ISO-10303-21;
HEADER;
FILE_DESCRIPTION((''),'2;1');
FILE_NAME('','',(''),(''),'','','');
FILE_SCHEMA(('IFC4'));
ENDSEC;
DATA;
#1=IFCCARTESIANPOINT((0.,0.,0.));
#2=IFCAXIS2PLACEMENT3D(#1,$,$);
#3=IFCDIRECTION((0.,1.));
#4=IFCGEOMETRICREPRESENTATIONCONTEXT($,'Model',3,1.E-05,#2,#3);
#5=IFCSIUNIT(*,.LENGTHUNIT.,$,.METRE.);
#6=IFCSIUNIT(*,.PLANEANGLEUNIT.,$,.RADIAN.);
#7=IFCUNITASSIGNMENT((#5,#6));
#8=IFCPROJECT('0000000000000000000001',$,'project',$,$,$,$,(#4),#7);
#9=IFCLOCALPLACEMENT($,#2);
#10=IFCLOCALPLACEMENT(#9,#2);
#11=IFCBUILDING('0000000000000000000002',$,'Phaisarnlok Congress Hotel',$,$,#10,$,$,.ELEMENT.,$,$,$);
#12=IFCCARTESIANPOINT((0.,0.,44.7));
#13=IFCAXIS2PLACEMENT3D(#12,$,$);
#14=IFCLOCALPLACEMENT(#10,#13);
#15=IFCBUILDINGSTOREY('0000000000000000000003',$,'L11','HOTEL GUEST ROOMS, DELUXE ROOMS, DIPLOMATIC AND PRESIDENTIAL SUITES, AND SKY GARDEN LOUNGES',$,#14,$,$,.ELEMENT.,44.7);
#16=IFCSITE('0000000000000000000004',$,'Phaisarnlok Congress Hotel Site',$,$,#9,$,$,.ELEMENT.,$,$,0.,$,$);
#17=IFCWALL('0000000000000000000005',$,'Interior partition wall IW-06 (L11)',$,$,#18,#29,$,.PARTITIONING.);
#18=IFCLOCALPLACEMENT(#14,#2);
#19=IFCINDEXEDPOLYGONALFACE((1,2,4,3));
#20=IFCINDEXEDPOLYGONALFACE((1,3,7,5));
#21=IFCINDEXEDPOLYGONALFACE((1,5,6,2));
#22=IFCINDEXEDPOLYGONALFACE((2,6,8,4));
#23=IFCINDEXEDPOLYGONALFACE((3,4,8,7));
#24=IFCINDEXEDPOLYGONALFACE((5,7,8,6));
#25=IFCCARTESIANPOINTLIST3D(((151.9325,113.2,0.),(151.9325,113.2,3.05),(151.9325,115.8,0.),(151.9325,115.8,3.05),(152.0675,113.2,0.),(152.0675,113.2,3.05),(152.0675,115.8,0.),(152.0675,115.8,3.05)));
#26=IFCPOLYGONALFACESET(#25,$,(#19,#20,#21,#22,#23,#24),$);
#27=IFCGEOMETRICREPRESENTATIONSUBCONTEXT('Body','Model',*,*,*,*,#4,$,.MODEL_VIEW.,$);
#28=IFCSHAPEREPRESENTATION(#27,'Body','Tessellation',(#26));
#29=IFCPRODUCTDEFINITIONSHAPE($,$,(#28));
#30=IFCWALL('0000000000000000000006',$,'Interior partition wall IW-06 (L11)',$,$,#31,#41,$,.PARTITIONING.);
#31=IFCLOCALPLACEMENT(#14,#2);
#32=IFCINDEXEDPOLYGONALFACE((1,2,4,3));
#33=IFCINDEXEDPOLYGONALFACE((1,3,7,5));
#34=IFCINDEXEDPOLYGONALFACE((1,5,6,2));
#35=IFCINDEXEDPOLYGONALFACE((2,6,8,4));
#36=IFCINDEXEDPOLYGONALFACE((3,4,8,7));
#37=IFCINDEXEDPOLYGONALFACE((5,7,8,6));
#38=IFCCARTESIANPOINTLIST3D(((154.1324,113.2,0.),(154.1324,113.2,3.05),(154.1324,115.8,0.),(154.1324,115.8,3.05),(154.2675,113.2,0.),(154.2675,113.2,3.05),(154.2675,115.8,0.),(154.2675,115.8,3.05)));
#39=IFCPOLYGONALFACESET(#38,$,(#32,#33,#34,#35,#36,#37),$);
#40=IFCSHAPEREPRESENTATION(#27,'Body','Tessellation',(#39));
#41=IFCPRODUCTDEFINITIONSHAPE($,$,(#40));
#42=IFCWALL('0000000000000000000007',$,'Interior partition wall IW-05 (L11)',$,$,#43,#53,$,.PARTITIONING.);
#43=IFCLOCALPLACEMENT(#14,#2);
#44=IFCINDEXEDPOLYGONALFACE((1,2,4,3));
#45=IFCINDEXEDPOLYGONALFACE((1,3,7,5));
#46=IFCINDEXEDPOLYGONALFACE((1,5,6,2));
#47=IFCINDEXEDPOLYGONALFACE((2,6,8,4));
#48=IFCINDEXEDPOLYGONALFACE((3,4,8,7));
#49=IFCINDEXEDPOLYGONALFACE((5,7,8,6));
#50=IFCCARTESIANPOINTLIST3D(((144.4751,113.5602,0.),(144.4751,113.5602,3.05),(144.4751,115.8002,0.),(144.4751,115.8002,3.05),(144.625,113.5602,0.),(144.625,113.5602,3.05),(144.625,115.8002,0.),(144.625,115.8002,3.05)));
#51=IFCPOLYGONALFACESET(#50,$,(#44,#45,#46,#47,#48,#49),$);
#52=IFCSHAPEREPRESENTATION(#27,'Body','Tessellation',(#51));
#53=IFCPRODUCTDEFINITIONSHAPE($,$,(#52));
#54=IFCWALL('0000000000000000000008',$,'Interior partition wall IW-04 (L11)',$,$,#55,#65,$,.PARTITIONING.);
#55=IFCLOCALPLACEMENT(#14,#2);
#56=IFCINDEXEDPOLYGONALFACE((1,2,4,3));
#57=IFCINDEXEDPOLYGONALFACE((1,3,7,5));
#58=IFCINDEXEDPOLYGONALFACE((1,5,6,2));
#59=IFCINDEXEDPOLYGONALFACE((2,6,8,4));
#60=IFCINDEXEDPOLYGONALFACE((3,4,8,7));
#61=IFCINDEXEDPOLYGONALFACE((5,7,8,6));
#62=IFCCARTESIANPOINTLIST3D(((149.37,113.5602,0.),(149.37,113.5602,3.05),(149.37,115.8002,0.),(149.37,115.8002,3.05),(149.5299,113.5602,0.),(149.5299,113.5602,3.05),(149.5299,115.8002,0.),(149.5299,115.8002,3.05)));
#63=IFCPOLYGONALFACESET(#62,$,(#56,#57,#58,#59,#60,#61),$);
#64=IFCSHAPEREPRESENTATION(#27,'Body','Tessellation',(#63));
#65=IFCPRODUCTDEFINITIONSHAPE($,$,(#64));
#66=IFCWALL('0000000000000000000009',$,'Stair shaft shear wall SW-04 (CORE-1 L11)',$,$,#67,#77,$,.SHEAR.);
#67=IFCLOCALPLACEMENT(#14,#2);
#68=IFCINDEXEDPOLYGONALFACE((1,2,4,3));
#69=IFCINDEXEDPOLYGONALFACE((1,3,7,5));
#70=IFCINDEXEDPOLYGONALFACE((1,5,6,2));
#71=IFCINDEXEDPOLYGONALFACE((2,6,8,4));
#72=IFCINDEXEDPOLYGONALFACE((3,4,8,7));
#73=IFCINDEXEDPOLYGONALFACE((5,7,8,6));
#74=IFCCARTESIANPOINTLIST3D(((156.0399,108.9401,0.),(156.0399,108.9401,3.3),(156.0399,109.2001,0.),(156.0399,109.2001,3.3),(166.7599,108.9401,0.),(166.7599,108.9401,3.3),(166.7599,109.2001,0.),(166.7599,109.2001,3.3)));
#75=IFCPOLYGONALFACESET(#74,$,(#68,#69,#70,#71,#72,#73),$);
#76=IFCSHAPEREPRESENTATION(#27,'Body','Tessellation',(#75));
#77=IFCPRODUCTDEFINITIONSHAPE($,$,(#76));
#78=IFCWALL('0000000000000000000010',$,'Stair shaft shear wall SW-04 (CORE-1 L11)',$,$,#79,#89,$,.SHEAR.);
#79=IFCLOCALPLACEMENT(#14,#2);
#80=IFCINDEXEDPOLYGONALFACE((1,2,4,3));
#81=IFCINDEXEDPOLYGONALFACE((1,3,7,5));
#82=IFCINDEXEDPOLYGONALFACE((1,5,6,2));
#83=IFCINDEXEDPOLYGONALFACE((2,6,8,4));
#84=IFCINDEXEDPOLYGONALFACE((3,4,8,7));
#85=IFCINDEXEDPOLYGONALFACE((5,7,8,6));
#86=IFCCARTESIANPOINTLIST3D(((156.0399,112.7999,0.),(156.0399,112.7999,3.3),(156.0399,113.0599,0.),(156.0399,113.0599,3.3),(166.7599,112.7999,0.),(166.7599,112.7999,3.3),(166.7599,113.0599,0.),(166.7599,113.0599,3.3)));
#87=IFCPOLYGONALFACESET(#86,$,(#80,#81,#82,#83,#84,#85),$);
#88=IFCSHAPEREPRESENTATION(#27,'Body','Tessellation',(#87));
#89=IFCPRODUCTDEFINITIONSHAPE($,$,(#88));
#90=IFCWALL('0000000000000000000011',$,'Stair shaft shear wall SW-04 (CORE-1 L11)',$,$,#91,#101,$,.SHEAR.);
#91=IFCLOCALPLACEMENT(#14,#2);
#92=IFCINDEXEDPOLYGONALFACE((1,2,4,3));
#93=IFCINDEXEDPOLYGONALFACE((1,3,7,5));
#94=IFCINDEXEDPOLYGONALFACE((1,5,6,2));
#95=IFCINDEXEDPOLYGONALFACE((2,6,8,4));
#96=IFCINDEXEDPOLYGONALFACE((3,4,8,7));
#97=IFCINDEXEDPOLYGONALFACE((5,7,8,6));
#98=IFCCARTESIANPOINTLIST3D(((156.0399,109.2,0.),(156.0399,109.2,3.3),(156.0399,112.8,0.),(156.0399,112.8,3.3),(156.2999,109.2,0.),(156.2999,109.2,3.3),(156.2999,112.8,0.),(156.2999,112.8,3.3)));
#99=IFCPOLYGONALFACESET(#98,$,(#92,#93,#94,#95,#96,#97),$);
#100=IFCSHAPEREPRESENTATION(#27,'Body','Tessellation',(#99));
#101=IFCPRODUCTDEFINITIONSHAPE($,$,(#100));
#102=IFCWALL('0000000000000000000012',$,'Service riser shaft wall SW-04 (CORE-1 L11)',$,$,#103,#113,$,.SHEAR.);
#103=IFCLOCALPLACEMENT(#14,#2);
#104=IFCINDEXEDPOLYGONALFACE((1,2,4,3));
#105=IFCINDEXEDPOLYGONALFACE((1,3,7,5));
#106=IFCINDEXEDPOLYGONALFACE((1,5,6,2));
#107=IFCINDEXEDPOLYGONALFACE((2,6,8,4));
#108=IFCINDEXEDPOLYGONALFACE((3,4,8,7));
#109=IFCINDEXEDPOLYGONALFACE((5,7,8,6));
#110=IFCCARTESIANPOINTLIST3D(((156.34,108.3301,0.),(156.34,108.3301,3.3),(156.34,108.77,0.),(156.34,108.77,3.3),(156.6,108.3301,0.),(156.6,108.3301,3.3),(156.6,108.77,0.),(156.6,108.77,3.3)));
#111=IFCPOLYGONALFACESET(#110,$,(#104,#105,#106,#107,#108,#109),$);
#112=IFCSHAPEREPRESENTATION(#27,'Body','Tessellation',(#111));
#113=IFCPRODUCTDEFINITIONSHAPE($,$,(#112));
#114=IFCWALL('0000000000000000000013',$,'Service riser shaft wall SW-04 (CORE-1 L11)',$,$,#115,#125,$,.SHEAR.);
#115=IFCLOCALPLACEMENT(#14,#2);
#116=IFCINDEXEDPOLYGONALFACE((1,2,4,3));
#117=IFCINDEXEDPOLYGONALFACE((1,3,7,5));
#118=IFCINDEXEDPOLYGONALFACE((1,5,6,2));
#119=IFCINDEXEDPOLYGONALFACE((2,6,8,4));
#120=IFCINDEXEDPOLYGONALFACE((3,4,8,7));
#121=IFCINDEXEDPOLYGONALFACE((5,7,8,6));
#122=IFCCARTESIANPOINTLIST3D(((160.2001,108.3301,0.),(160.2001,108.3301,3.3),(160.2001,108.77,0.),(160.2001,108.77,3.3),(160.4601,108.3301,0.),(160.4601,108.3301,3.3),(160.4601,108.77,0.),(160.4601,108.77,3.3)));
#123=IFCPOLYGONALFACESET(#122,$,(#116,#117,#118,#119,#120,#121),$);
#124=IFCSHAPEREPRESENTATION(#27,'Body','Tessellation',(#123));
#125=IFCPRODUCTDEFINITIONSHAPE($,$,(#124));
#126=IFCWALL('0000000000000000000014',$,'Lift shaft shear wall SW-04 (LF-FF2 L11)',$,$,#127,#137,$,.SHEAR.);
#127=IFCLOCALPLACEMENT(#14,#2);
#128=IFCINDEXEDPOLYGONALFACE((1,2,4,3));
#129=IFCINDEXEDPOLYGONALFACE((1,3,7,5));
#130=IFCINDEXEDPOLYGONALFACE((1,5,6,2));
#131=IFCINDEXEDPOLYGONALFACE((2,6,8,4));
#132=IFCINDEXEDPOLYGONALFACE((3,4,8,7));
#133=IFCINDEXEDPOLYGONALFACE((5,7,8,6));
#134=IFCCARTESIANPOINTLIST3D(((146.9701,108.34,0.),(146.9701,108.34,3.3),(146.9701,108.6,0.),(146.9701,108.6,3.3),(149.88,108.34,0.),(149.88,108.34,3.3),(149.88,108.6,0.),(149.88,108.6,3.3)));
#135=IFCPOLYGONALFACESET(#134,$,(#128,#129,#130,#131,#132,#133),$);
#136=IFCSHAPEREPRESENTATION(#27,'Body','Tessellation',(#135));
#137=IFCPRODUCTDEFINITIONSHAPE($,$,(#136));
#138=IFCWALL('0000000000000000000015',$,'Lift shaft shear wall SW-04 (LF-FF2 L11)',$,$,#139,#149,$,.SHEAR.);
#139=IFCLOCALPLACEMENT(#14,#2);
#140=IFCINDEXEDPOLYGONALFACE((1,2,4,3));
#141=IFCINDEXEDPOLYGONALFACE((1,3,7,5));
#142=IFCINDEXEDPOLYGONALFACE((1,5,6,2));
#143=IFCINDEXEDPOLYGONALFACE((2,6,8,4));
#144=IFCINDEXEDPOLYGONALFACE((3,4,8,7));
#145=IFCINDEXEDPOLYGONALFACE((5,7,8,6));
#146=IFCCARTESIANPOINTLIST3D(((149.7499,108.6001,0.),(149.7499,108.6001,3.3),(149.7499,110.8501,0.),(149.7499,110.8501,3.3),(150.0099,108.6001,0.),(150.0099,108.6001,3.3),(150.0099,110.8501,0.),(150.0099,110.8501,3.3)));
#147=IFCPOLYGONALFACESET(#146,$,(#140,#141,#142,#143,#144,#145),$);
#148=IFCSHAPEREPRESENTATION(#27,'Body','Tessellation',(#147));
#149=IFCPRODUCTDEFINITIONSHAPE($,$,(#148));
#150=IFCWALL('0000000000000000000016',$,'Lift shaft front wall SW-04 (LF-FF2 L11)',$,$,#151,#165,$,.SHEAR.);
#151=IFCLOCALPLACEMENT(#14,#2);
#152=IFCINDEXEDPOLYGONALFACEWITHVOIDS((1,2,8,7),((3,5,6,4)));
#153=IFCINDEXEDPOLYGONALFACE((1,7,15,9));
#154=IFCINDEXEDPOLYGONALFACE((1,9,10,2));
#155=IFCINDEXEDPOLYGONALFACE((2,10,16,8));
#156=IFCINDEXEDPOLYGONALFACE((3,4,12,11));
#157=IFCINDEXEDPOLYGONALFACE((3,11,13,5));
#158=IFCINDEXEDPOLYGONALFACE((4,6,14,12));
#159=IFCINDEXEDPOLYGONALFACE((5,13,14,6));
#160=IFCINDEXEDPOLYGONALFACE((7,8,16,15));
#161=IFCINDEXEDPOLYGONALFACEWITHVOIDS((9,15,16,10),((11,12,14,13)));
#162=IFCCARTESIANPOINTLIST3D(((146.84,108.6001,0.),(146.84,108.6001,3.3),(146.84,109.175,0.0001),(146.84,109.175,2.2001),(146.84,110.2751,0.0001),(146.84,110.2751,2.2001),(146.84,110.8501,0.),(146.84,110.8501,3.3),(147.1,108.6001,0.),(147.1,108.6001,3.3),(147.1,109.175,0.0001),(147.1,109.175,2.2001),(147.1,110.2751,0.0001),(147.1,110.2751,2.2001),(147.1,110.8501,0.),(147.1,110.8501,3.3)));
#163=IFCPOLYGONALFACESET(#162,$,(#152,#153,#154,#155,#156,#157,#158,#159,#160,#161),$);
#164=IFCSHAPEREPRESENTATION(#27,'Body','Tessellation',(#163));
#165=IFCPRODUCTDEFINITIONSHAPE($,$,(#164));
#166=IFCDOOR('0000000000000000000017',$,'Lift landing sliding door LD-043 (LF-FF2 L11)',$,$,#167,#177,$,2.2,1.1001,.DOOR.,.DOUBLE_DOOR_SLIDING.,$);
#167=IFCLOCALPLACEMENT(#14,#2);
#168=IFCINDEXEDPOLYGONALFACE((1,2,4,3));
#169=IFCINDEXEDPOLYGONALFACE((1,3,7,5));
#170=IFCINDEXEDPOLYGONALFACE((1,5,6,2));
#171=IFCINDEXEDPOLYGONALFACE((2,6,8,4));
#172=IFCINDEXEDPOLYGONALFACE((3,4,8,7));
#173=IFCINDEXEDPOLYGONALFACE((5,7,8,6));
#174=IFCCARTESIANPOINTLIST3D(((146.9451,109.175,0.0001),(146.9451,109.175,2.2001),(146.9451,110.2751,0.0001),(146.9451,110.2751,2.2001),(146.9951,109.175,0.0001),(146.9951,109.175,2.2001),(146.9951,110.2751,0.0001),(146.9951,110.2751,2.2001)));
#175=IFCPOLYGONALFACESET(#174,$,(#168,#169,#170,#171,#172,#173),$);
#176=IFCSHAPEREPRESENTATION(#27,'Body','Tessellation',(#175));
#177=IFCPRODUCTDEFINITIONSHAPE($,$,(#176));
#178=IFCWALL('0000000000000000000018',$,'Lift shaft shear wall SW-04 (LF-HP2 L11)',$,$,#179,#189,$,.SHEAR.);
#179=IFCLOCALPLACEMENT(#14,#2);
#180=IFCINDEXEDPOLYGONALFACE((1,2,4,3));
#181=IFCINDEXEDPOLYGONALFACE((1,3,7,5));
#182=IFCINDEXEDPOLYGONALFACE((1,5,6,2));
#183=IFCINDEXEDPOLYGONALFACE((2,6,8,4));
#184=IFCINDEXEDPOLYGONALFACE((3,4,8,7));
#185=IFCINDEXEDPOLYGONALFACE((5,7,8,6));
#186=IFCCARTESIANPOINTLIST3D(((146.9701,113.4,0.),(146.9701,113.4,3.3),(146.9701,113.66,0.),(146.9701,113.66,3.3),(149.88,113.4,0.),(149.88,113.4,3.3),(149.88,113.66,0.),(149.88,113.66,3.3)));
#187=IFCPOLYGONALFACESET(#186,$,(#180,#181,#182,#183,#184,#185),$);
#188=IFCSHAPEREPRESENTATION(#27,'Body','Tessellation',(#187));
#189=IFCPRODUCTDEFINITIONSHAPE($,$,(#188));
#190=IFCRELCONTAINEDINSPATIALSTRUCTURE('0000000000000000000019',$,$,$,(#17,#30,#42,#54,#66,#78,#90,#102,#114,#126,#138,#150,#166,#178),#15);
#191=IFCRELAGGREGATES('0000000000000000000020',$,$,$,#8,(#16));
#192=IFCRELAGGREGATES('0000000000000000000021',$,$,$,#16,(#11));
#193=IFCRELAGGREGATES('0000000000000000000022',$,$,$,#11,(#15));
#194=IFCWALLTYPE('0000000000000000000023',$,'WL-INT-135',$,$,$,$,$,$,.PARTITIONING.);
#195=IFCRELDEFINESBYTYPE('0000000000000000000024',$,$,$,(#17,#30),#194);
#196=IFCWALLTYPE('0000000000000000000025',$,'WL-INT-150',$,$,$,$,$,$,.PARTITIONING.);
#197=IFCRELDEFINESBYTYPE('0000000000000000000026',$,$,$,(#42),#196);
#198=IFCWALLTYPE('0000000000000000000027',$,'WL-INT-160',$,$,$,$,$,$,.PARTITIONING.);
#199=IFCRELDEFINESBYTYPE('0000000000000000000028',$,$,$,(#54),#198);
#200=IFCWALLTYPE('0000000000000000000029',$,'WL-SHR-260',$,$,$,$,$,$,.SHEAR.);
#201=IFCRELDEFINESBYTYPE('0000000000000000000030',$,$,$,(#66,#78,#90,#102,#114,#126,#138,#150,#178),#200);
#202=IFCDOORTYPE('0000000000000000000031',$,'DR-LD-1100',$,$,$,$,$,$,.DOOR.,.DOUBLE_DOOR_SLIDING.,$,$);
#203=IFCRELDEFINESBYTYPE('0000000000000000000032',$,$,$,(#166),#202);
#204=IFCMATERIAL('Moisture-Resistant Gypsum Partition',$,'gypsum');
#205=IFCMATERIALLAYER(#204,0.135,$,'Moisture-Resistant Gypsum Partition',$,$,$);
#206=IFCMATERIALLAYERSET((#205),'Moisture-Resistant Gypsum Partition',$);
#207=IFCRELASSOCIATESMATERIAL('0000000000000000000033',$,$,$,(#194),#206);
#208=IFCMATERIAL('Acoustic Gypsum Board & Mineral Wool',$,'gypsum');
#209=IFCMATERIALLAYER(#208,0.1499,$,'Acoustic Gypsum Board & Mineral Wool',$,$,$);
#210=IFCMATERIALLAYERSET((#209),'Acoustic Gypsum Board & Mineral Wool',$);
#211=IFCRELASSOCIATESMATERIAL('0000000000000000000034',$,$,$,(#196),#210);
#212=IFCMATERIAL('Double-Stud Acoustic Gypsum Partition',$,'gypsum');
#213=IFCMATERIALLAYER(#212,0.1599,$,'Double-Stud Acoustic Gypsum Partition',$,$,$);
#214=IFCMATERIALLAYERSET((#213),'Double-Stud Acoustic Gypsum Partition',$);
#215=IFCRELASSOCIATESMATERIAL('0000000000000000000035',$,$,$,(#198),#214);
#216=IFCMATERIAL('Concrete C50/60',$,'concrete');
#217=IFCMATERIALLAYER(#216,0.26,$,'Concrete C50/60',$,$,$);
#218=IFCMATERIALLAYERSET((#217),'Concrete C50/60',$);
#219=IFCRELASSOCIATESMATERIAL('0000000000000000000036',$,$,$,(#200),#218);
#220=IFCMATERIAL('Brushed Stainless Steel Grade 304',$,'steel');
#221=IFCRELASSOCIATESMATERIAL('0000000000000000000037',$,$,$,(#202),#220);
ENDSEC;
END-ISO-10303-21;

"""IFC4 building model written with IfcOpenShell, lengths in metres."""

from ifc_helpers import new_model, si_unit, direction, frame, frame_2d, origin, place, context, subcontext, project, spatial, rectangle, extrude, material, layer, layer_set, type_object, element, fill, save


model = new_model("IFC4")

# Units and contexts
model_context = context("Model", 3, precision=1e-05, world=origin(), true_north=direction((0.0, 1.0)))
body_context = subcontext(model_context, "Body", "Model", "MODEL_VIEW")
ifc_project = project(units=[si_unit("LENGTHUNIT", "METRE"), si_unit("PLANEANGLEUNIT", "RADIAN")], contexts=[model_context])

# Site, building, storey
site_placement = place(None, origin())
site = spatial("IfcSite", under=ifc_project, at=site_placement, Name="Phaisarnlok Congress Hotel Site", CompositionType="ELEMENT", RefElevation=0.0)
building_placement = place(site_placement, origin())
building = spatial("IfcBuilding", under=site, at=building_placement, Name="Phaisarnlok Congress Hotel", CompositionType="ELEMENT")
storey_placement = place(building_placement, frame((0.0, 0.0, 44.7)))
storey = spatial("IfcBuildingStorey", under=building, at=storey_placement, Name="L11", Description="HOTEL GUEST ROOMS, DELUXE ROOMS, DIPLOMATIC AND PRESIDENTIAL SUITES, AND SKY GARDEN LOUNGES", CompositionType="ELEMENT", Elevation=44.7)

# Shared definitions
ifc_material_1 = material(Name="Concrete C50/60", Category="concrete")

# Walls
ifc_material_2 = material(Name="Moisture-Resistant Gypsum Partition", Category="gypsum")
ifc_layer_1 = layer(ifc_material_2, 0.135, Name="Moisture-Resistant Gypsum Partition")
ifc_layer_set_1 = layer_set([ifc_layer_1], Name="Moisture-Resistant Gypsum Partition")
wall_type_1 = type_object("IfcWallType", Name="WL-INT-135", PredefinedType="PARTITIONING", material=ifc_layer_set_1)
for number, where, z_axis, x_axis, name in (
    (1, (152.0, 113.2, 0.0), (0.0, 0.0, 1.0), (0.0, 1.0, 0.0), "Interior partition wall IW-06 (L11)"),
    (2, (154.2, 113.2, 0.0), (0.0, 0.0, 1.0), (0.0, 1.0, 0.0), "Interior partition wall IW-06 (L11)"),
):
    element("IfcWall", number, at=place(storey_placement, frame(where, z_axis=z_axis, x_axis=x_axis)), inside=storey, type_object=wall_type_1, Name=name, PredefinedType="PARTITIONING", context=body_context, shape_type="SweptSolid", body=[
        extrude(rectangle(XDim=2.6001, YDim=0.135, at=frame_2d((1.3, 0.0))), origin(), (0.0, 0.0, 1.0), 3.05),
    ])
ifc_material_3 = material(Name="Acoustic Gypsum Board & Mineral Wool", Category="gypsum")
ifc_layer_2 = layer(ifc_material_3, 0.1499, Name="Acoustic Gypsum Board & Mineral Wool")
ifc_layer_set_2 = layer_set([ifc_layer_2], Name="Acoustic Gypsum Board & Mineral Wool")
wall_type_2 = type_object("IfcWallType", Name="WL-INT-150", PredefinedType="PARTITIONING", material=ifc_layer_set_2)
wall_1_placement = place(storey_placement, frame((144.55, 113.5601, 0.0), z_axis=(0.0, 0.0, 1.0), x_axis=(0.0, 1.0, 0.0)))
element("IfcWall", 3, at=wall_1_placement, inside=storey, type_object=wall_type_2, Name="Interior partition wall IW-05 (L11)", PredefinedType="PARTITIONING", context=body_context, shape_type="SweptSolid", body=[
    extrude(rectangle(XDim=2.24, YDim=0.1499, at=frame_2d((1.1201, 0.0))), origin(), (0.0, 0.0, 1.0), 3.05),
])
ifc_material_4 = material(Name="Double-Stud Acoustic Gypsum Partition", Category="gypsum")
ifc_layer_3 = layer(ifc_material_4, 0.1599, Name="Double-Stud Acoustic Gypsum Partition")
ifc_layer_set_3 = layer_set([ifc_layer_3], Name="Double-Stud Acoustic Gypsum Partition")
wall_type_3 = type_object("IfcWallType", Name="WL-INT-160", PredefinedType="PARTITIONING", material=ifc_layer_set_3)
wall_2_placement = place(storey_placement, frame((149.45, 113.5601, 0.0), z_axis=(0.0, 0.0, 1.0), x_axis=(0.0, 1.0, 0.0)))
element("IfcWall", 4, at=wall_2_placement, inside=storey, type_object=wall_type_3, Name="Interior partition wall IW-04 (L11)", PredefinedType="PARTITIONING", context=body_context, shape_type="SweptSolid", body=[
    extrude(rectangle(XDim=2.24, YDim=0.1599, at=frame_2d((1.1201, 0.0))), origin(), (0.0, 0.0, 1.0), 3.05),
])
ifc_layer_4 = layer(ifc_material_1, 0.26, Name="Concrete C50/60")
ifc_layer_set_4 = layer_set([ifc_layer_4], Name="Concrete C50/60")
wall_type_4 = type_object("IfcWallType", Name="WL-SHR-260", PredefinedType="SHEAR", material=ifc_layer_set_4)
for number, where, z_axis, x_axis, name in (
    (5, (156.04, 109.0701, 0.0), (0.0, 0.0, 1.0), (1.0, 0.0, 0.0), "Stair shaft shear wall SW-04 (CORE-1 L11)"),
    (6, (156.04, 112.9299, 0.0), (0.0, 0.0, 1.0), (1.0, 0.0, 0.0), "Stair shaft shear wall SW-04 (CORE-1 L11)"),
):
    element("IfcWall", number, at=place(storey_placement, frame(where, z_axis=z_axis, x_axis=x_axis)), inside=storey, type_object=wall_type_4, Name=name, PredefinedType="SHEAR", context=body_context, shape_type="SweptSolid", body=[
        extrude(rectangle(XDim=10.72, YDim=0.26, at=frame_2d((5.3599, 0.0))), origin(), (0.0, 0.0, 1.0), 3.3),
    ])
wall_3_placement = place(storey_placement, frame((156.1699, 109.2, 0.0), z_axis=(0.0, 0.0, 1.0), x_axis=(0.0, 1.0, 0.0)))
element("IfcWall", 7, at=wall_3_placement, inside=storey, type_object=wall_type_4, Name="Stair shaft shear wall SW-04 (CORE-1 L11)", PredefinedType="SHEAR", context=body_context, shape_type="SweptSolid", body=[
    extrude(rectangle(XDim=3.6001, YDim=0.26, at=frame_2d((1.8, 0.0))), origin(), (0.0, 0.0, 1.0), 3.3),
])
for number, where, z_axis, x_axis, name in (
    (8, (156.47, 108.3301, 0.0), (0.0, 0.0, 1.0), (0.0, 1.0, 0.0), "Service riser shaft wall SW-04 (CORE-1 L11)"),
    (9, (160.3301, 108.3301, 0.0), (0.0, 0.0, 1.0), (0.0, 1.0, 0.0), "Service riser shaft wall SW-04 (CORE-1 L11)"),
):
    element("IfcWall", number, at=place(storey_placement, frame(where, z_axis=z_axis, x_axis=x_axis)), inside=storey, type_object=wall_type_4, Name=name, PredefinedType="SHEAR", context=body_context, shape_type="SweptSolid", body=[
        extrude(rectangle(XDim=0.4399, YDim=0.26, at=frame_2d((0.22, 0.0))), origin(), (0.0, 0.0, 1.0), 3.3),
    ])
wall_4_placement = place(storey_placement, frame((146.97, 108.47, 0.0), z_axis=(0.0, 0.0, 1.0), x_axis=(1.0, 0.0, 0.0)))
element("IfcWall", 10, at=wall_4_placement, inside=storey, type_object=wall_type_4, Name="Lift shaft shear wall SW-04 (LF-FF2 L11)", PredefinedType="SHEAR", context=body_context, shape_type="SweptSolid", body=[
    extrude(rectangle(XDim=2.9099, YDim=0.26, at=frame_2d((1.4551, 0.0))), origin(), (0.0, 0.0, 1.0), 3.3),
])
wall_5_placement = place(storey_placement, frame((149.8799, 108.6001, 0.0), z_axis=(0.0, 0.0, 1.0), x_axis=(0.0, 1.0, 0.0)))
element("IfcWall", 11, at=wall_5_placement, inside=storey, type_object=wall_type_4, Name="Lift shaft shear wall SW-04 (LF-FF2 L11)", PredefinedType="SHEAR", context=body_context, shape_type="SweptSolid", body=[
    extrude(rectangle(XDim=2.25, YDim=0.26, at=frame_2d((1.125, 0.0))), origin(), (0.0, 0.0, 1.0), 3.3),
])

# Wall, opening, door
wall_6_placement = place(storey_placement, frame((146.97, 108.6001, 0.0), z_axis=(0.0, 0.0, 1.0), x_axis=(0.0, 1.0, 0.0)))
wall_6 = element("IfcWall", 12, at=wall_6_placement, inside=storey, type_object=wall_type_4, Name="Lift shaft front wall SW-04 (LF-FF2 L11)", PredefinedType="SHEAR", context=body_context, shape_type="SweptSolid", body=[
    extrude(rectangle(XDim=2.25, YDim=0.26, at=frame_2d((1.125, 0.0))), origin(), (0.0, 0.0, 1.0), 3.3),
])
opening_1_placement = place(wall_6_placement, frame((0.575, 0.0, 0.0)))
opening_1 = element("IfcOpeningElement", 13, at=opening_1_placement, cuts=wall_6, PredefinedType="OPENING", context=body_context, shape_type="SweptSolid", body=[
    extrude(rectangle(XDim=1.1001, YDim=2.2, at=frame_2d((0.55, 1.1001))), frame((0.0, 0.1401, 0.0), z_axis=(0.0, -1.0, 0.0), x_axis=(1.0, 0.0, 0.0)), (0.0, 0.0, 1.0), 0.28),
])
ifc_material_5 = material(Name="Brushed Stainless Steel Grade 304", Category="steel")
door_type_1 = type_object("IfcDoorType", Name="DR-LD-1100", OperationType="DOUBLE_DOOR_SLIDING", PredefinedType="DOOR", material=ifc_material_5)
door_1_placement = place(opening_1_placement, origin())
door_1 = element("IfcDoor", 14, at=door_1_placement, inside=storey, type_object=door_type_1, Name="Lift landing sliding door LD-043 (LF-FF2 L11)", OperationType="DOUBLE_DOOR_SLIDING", OverallHeight=2.2, OverallWidth=1.1001, PredefinedType="DOOR", context=body_context, shape_type="SweptSolid", body=[
    extrude(rectangle(XDim=1.1001, YDim=2.2, at=frame_2d((0.55, 1.1001))), frame((0.0, 0.0249, 0.0), z_axis=(0.0, -1.0, 0.0), x_axis=(1.0, 0.0, 0.0)), (0.0, 0.0, 1.0), 0.05),
])
fill(opening_1, door_1)

# Wall
wall_7_placement = place(storey_placement, frame((146.97, 113.53, 0.0), z_axis=(0.0, 0.0, 1.0), x_axis=(1.0, 0.0, 0.0)))
element("IfcWall", 15, at=wall_7_placement, inside=storey, type_object=wall_type_4, Name="Lift shaft shear wall SW-04 (LF-HP2 L11)", PredefinedType="SHEAR", context=body_context, shape_type="SweptSolid", body=[
    extrude(rectangle(XDim=2.9099, YDim=0.26, at=frame_2d((1.4551, 0.0))), origin(), (0.0, 0.0, 1.0), 3.3),
])

save(model, "model.ifc")
